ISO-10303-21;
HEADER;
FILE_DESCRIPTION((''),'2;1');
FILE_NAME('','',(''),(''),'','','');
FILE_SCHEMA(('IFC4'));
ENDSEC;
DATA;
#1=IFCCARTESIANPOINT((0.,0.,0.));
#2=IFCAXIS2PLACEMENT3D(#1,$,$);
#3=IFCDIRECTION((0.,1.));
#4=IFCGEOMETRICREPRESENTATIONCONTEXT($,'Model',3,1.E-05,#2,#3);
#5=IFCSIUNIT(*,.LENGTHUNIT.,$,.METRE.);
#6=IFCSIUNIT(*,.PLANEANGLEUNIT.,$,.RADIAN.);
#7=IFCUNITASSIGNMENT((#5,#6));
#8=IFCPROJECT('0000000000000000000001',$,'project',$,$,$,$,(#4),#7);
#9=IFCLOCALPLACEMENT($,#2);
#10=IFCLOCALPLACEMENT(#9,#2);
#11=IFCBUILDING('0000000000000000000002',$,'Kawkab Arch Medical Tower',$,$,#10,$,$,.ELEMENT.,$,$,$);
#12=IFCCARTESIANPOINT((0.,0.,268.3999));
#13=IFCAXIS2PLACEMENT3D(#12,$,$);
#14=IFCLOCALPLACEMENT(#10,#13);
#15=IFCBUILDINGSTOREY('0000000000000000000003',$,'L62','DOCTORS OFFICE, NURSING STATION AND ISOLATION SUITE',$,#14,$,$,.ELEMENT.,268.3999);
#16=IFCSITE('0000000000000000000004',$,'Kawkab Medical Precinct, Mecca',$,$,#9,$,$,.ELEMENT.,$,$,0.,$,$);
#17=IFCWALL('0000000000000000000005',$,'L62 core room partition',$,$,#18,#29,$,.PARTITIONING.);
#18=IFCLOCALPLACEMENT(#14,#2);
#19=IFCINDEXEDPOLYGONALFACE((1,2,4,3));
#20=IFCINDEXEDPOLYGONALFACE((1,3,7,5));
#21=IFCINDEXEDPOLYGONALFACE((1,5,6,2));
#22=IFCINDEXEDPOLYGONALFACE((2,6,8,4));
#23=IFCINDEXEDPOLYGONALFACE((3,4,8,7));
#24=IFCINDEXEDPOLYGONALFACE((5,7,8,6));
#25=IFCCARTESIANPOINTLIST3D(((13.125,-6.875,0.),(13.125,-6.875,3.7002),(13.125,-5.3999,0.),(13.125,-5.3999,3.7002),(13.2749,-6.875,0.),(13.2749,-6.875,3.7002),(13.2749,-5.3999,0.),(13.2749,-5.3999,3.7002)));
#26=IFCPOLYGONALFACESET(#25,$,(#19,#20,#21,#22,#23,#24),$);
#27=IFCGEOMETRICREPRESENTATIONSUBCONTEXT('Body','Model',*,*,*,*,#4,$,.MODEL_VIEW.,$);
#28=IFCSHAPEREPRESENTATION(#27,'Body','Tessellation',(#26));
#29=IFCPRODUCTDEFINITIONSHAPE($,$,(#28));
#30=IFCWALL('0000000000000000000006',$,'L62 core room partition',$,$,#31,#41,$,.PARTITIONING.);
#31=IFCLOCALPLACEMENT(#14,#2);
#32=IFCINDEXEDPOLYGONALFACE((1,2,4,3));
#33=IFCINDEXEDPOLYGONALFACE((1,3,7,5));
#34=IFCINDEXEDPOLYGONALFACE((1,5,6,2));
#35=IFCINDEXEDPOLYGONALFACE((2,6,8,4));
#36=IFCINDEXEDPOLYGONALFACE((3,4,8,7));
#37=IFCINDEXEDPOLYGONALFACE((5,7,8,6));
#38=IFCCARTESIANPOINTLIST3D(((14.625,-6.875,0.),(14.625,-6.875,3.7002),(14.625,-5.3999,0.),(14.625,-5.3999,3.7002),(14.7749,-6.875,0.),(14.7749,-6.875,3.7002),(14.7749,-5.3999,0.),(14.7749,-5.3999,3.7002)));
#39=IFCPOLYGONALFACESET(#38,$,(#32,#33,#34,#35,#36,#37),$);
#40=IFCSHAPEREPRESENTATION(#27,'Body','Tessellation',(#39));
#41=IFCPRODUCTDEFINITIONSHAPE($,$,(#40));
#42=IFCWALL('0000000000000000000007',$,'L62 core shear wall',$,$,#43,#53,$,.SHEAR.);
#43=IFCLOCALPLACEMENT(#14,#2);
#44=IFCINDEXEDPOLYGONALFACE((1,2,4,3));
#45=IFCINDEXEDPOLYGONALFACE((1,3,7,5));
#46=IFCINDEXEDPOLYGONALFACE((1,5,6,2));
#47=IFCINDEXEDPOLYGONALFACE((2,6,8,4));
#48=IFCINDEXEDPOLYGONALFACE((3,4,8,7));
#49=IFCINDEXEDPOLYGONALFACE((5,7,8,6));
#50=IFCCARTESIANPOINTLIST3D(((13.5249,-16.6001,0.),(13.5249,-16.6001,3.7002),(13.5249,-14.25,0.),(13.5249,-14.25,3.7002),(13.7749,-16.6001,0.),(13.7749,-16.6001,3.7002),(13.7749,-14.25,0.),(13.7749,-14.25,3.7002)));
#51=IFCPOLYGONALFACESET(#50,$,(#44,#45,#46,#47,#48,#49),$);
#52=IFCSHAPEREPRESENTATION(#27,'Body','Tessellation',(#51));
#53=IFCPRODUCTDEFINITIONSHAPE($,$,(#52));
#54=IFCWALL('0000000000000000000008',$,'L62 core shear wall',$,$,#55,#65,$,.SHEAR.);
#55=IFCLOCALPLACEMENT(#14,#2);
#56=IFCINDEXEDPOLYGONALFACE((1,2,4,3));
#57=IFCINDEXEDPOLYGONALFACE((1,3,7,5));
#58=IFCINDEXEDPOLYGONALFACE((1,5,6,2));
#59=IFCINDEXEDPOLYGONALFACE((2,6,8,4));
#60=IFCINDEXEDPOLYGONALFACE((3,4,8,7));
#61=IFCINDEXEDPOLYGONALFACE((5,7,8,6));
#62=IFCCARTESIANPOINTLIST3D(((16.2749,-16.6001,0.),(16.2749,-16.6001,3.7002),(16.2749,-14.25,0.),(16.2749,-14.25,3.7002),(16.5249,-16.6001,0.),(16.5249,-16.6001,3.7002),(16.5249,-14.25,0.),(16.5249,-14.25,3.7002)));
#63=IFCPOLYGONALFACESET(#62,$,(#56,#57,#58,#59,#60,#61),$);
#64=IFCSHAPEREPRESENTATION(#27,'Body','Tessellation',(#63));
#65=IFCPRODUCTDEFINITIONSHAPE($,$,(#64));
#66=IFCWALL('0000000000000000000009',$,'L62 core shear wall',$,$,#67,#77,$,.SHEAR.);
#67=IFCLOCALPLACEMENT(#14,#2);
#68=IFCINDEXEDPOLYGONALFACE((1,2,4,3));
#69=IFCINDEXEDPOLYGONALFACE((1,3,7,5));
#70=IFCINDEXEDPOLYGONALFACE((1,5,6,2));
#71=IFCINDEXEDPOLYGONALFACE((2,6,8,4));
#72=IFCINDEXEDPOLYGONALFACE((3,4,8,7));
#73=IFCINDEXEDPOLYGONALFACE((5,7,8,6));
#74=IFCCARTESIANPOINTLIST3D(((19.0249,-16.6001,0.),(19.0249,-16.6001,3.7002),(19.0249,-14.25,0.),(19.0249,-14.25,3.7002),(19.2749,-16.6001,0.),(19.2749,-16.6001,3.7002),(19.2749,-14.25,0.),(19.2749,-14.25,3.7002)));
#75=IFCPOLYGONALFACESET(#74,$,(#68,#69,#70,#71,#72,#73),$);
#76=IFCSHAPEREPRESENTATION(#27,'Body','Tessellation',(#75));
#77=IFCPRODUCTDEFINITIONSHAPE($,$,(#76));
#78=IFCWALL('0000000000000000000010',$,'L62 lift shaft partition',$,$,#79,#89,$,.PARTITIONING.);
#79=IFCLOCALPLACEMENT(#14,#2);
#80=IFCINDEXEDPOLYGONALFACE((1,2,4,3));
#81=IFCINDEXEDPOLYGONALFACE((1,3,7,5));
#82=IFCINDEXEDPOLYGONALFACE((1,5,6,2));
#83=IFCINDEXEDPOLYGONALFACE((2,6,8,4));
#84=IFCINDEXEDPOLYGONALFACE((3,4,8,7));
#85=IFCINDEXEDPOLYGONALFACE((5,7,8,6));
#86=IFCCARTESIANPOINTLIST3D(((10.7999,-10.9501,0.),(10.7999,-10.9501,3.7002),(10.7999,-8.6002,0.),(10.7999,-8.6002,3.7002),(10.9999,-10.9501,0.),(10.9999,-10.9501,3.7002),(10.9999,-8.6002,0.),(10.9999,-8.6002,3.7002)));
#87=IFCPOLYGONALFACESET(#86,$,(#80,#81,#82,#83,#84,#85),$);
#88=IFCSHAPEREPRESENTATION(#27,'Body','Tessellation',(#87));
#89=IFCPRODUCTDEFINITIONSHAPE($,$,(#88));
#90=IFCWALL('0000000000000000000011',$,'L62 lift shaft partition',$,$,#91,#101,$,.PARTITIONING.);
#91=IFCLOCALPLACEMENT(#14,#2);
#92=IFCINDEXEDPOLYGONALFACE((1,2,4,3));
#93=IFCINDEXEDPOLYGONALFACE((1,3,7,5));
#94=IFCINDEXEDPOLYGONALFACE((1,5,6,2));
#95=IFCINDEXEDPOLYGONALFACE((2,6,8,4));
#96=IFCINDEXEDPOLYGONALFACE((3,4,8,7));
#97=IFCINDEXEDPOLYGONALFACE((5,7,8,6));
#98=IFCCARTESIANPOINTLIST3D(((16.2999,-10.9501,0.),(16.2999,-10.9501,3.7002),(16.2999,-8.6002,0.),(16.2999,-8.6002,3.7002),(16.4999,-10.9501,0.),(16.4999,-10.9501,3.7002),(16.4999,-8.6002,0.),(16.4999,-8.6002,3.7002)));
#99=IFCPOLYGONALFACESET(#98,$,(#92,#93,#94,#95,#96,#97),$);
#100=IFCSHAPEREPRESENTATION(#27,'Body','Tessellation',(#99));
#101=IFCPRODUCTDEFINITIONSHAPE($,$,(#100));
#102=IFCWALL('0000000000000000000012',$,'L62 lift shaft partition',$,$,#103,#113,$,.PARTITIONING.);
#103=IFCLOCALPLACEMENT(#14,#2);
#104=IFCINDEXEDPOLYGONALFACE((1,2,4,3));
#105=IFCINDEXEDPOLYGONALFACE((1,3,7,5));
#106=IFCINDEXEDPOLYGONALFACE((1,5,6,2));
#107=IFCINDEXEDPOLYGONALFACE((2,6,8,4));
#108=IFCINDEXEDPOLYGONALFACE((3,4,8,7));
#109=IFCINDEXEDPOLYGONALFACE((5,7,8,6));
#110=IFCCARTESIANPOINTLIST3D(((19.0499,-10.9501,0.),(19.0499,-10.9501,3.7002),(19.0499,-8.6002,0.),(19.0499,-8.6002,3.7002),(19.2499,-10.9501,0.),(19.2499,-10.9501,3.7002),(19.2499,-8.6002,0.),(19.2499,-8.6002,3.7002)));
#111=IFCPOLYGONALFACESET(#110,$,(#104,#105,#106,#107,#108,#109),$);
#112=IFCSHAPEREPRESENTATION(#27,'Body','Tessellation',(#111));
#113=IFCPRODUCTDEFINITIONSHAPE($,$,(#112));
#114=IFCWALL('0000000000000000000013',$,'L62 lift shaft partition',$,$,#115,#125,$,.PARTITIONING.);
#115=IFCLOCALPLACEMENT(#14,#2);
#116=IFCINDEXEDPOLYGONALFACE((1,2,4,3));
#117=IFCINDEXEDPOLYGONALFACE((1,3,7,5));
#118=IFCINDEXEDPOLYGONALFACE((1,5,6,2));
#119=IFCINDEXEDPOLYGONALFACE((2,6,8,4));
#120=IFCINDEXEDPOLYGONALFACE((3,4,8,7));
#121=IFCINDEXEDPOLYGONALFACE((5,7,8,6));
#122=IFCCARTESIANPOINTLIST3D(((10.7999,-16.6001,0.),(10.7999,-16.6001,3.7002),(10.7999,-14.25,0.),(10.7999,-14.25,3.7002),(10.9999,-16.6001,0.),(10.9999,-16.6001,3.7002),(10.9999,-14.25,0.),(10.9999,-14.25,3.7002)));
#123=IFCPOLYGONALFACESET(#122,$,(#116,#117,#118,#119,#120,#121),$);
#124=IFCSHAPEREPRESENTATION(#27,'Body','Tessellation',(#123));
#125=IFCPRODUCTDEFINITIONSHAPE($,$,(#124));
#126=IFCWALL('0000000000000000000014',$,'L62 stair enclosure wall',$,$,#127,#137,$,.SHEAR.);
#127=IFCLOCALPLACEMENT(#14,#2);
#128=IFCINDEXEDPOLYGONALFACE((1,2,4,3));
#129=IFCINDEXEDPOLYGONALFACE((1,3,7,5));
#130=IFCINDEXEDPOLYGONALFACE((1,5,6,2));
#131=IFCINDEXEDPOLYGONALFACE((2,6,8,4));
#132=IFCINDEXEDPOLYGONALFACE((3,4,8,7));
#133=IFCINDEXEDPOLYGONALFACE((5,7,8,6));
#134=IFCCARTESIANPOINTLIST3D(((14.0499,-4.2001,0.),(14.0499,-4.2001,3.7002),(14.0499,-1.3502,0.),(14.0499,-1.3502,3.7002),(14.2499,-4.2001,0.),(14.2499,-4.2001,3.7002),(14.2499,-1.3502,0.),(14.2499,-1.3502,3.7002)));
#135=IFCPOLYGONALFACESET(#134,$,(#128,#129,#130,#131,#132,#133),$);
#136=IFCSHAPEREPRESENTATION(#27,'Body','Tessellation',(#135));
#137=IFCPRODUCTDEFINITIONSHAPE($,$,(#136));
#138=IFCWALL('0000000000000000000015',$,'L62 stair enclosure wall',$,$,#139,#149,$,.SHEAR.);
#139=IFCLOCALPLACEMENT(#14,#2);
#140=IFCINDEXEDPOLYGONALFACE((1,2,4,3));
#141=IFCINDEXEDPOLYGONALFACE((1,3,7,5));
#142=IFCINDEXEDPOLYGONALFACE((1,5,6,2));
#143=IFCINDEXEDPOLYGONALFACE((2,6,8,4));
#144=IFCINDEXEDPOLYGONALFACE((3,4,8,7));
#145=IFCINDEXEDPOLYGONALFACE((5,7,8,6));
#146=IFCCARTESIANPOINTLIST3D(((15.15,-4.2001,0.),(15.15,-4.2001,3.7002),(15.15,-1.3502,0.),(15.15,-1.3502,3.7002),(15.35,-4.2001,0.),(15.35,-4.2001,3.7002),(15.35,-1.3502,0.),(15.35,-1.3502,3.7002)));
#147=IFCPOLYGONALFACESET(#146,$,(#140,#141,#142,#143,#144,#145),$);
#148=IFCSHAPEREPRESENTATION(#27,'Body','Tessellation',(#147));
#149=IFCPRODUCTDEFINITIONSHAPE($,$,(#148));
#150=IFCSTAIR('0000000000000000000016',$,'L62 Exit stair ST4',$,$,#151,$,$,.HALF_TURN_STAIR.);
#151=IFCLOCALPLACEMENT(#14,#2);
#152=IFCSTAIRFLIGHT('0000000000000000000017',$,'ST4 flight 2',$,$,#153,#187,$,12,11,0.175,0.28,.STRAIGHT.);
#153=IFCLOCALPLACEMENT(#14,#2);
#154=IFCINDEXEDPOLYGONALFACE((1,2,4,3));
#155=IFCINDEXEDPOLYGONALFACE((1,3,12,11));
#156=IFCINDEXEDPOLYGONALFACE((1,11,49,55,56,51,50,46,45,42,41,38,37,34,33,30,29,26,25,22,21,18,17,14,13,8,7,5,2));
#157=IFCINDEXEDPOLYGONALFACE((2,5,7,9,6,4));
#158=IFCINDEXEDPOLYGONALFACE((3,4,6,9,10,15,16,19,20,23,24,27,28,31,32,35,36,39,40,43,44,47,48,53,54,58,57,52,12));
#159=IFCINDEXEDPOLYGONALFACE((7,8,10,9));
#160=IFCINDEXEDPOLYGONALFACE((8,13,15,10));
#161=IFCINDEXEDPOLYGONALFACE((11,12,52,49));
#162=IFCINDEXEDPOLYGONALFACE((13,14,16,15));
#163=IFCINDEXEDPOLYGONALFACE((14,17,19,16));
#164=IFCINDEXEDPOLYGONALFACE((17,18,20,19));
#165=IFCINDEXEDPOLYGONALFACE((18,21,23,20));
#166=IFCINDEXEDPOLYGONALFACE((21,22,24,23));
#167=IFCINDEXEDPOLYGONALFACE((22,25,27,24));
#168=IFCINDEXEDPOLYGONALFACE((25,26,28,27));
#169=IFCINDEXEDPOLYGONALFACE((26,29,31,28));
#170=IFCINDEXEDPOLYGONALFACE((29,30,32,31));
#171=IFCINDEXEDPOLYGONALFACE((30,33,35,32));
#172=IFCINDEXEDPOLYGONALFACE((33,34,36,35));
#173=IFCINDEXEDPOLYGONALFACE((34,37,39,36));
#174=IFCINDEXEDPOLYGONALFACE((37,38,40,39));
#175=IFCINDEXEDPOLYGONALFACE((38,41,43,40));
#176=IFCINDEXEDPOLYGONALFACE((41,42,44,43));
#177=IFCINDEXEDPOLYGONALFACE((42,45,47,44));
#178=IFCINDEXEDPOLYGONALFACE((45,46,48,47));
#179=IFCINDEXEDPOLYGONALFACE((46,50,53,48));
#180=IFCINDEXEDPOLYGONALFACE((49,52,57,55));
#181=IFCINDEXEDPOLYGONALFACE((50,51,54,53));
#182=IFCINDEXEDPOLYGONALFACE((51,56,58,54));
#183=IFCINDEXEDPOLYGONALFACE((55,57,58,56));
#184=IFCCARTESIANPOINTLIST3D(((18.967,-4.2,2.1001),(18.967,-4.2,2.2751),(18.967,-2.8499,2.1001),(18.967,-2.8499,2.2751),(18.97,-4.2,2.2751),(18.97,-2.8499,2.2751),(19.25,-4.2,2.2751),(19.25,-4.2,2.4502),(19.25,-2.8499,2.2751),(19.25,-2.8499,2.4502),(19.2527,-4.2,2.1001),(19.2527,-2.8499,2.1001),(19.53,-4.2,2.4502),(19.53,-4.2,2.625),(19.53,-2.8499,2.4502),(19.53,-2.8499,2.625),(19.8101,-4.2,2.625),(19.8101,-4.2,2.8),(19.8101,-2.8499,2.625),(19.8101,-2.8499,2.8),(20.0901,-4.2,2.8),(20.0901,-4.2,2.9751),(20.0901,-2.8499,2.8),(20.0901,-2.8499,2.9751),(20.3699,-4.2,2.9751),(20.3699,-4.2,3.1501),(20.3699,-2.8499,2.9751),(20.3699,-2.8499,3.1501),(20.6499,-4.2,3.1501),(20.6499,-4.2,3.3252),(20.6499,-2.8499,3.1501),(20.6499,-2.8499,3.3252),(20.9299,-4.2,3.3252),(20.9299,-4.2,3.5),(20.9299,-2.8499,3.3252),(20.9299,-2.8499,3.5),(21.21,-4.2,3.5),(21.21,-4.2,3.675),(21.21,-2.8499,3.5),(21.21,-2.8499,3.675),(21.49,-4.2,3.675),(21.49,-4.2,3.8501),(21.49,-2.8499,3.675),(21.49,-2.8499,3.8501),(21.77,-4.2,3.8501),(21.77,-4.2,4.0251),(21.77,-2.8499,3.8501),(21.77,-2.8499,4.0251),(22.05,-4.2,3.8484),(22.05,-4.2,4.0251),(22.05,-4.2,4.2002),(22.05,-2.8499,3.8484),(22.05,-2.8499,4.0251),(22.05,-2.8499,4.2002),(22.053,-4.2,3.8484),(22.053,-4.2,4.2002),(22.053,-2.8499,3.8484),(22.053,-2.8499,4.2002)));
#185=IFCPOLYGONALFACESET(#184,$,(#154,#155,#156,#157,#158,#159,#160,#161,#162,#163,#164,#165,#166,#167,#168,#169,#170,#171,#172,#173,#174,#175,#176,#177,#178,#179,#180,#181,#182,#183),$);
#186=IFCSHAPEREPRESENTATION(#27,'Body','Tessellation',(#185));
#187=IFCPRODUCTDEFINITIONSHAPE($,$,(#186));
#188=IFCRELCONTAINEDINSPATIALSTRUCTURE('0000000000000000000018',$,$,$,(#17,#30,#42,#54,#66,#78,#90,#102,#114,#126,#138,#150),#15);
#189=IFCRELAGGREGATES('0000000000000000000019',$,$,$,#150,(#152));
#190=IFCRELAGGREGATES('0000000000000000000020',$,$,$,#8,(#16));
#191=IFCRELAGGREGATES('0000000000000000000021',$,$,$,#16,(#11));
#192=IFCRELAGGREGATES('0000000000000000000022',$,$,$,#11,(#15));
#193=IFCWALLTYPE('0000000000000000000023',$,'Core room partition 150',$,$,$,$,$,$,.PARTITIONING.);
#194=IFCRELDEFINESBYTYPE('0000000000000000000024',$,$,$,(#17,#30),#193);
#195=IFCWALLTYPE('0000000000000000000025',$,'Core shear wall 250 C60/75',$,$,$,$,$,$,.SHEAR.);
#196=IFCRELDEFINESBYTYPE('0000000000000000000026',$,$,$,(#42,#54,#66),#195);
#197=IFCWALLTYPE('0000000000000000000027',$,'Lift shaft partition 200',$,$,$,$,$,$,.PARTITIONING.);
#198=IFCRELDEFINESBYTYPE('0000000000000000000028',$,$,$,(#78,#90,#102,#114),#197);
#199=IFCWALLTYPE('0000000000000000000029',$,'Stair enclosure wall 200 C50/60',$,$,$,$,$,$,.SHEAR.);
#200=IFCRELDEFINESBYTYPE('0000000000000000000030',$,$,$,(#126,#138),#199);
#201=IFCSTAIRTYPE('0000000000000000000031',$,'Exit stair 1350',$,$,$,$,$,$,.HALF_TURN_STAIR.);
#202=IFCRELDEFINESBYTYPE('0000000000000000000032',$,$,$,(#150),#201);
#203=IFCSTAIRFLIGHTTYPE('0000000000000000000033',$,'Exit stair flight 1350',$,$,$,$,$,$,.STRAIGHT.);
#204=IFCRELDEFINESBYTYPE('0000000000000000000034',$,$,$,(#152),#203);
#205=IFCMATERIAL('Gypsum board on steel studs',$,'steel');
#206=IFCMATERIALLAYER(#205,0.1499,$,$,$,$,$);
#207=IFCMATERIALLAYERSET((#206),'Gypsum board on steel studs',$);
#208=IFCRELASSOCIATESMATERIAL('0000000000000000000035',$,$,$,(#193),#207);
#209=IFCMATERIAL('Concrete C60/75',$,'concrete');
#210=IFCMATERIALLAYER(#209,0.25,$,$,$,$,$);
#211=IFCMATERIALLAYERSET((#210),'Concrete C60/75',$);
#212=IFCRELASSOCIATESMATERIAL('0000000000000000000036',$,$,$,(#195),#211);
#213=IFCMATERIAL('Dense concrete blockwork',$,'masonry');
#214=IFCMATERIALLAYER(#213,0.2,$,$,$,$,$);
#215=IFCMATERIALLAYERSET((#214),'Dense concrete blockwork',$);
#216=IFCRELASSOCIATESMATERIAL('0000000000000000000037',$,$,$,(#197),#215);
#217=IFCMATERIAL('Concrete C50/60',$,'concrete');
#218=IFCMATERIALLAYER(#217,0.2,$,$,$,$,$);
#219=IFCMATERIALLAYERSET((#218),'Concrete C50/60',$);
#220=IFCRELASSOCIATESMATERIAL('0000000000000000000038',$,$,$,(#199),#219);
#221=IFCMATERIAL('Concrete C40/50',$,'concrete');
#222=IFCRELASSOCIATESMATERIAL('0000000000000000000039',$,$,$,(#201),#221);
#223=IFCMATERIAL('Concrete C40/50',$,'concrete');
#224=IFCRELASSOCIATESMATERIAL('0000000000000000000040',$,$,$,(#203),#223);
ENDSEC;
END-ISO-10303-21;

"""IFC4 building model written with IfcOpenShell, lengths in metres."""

from ifc_helpers import new_model, si_unit, direction, frame, frame_2d, origin, place, context, subcontext, project, spatial, polyline, rectangle, outline, extrude, material, layer, layer_set, type_object, element, aggregate, save


model = new_model("IFC4")

# Units and contexts
model_context = context("Model", 3, precision=1e-05, world=origin(), true_north=direction((0.0, 1.0)))
body_context = subcontext(model_context, "Body", "Model", "MODEL_VIEW")
ifc_project = project(units=[si_unit("LENGTHUNIT", "METRE"), si_unit("PLANEANGLEUNIT", "RADIAN")], contexts=[model_context])

# Site, building, storey
site_placement = place(None, origin())
site = spatial("IfcSite", under=ifc_project, at=site_placement, Name="Kawkab Medical Precinct, Mecca", CompositionType="ELEMENT", RefElevation=0.0)
building_placement = place(site_placement, origin())
building = spatial("IfcBuilding", under=site, at=building_placement, Name="Kawkab Arch Medical Tower", CompositionType="ELEMENT")
storey_placement = place(building_placement, frame((0.0, 0.0, 268.3999)))
storey = spatial("IfcBuildingStorey", under=building, at=storey_placement, Name="L62", Description="DOCTORS OFFICE, NURSING STATION AND ISOLATION SUITE", CompositionType="ELEMENT", Elevation=268.3999)

# Walls
ifc_material_1 = material(Name="Gypsum board on steel studs", Category="steel")
ifc_layer_1 = layer(ifc_material_1, 0.1499)
ifc_layer_set_1 = layer_set([ifc_layer_1], Name="Gypsum board on steel studs")
wall_type_1 = type_object("IfcWallType", Name="Core room partition 150", PredefinedType="PARTITIONING", material=ifc_layer_set_1)
for number, where, z_axis, x_axis, name in (
    (1, (13.2, -6.875, 0.0), (0.0, 0.0, 1.0), (0.0, 1.0, 0.0), "L62 core room partition"),
    (2, (14.7, -6.875, 0.0), (0.0, 0.0, 1.0), (0.0, 1.0, 0.0), "L62 core room partition"),
):
    element("IfcWall", number, at=place(storey_placement, frame(where, z_axis=z_axis, x_axis=x_axis)), inside=storey, type_object=wall_type_1, Name=name, PredefinedType="PARTITIONING", context=body_context, shape_type="SweptSolid", body=[
        extrude(rectangle(XDim=1.4751, YDim=0.1499, at=frame_2d((0.7375, 0.0))), origin(), (0.0, 0.0, 1.0), 3.7002),
    ])
ifc_material_2 = material(Name="Concrete C60/75", Category="concrete")
ifc_layer_2 = layer(ifc_material_2, 0.25)
ifc_layer_set_2 = layer_set([ifc_layer_2], Name="Concrete C60/75")
wall_type_2 = type_object("IfcWallType", Name="Core shear wall 250 C60/75", PredefinedType="SHEAR", material=ifc_layer_set_2)
for number, where, z_axis, x_axis, name in (
    (3, (13.6499, -16.6001, 0.0), (0.0, 0.0, 1.0), (0.0, 1.0, 0.0), "L62 core shear wall"),
    (4, (16.3999, -16.6001, 0.0), (0.0, 0.0, 1.0), (0.0, 1.0, 0.0), "L62 core shear wall"),
    (5, (19.1499, -16.6001, 0.0), (0.0, 0.0, 1.0), (0.0, 1.0, 0.0), "L62 core shear wall"),
):
    element("IfcWall", number, at=place(storey_placement, frame(where, z_axis=z_axis, x_axis=x_axis)), inside=storey, type_object=wall_type_2, Name=name, PredefinedType="SHEAR", context=body_context, shape_type="SweptSolid", body=[
        extrude(rectangle(XDim=2.3501, YDim=0.25, at=frame_2d((1.175, 0.0))), origin(), (0.0, 0.0, 1.0), 3.7002),
    ])
ifc_material_3 = material(Name="Dense concrete blockwork", Category="masonry")
ifc_layer_3 = layer(ifc_material_3, 0.2)
ifc_layer_set_3 = layer_set([ifc_layer_3], Name="Dense concrete blockwork")
wall_type_3 = type_object("IfcWallType", Name="Lift shaft partition 200", PredefinedType="PARTITIONING", material=ifc_layer_set_3)
for number, where, z_axis, x_axis, name in (
    (6, (10.8999, -10.95, 0.0), (0.0, 0.0, 1.0), (0.0, 1.0, 0.0), "L62 lift shaft partition"),
    (7, (16.3999, -10.95, 0.0), (0.0, 0.0, 1.0), (0.0, 1.0, 0.0), "L62 lift shaft partition"),
    (8, (19.1499, -10.95, 0.0), (0.0, 0.0, 1.0), (0.0, 1.0, 0.0), "L62 lift shaft partition"),
):
    element("IfcWall", number, at=place(storey_placement, frame(where, z_axis=z_axis, x_axis=x_axis)), inside=storey, type_object=wall_type_3, Name=name, PredefinedType="PARTITIONING", context=body_context, shape_type="SweptSolid", body=[
        extrude(rectangle(XDim=2.3499, YDim=0.2, at=frame_2d((1.1748, 0.0))), origin(), (0.0, 0.0, 1.0), 3.7002),
    ])
wall_placement = place(storey_placement, frame((10.8999, -16.6001, 0.0), z_axis=(0.0, 0.0, 1.0), x_axis=(0.0, 1.0, 0.0)))
element("IfcWall", 9, at=wall_placement, inside=storey, type_object=wall_type_3, Name="L62 lift shaft partition", PredefinedType="PARTITIONING", context=body_context, shape_type="SweptSolid", body=[
    extrude(rectangle(XDim=2.3501, YDim=0.2, at=frame_2d((1.175, 0.0))), origin(), (0.0, 0.0, 1.0), 3.7002),
])
ifc_material_4 = material(Name="Concrete C50/60", Category="concrete")
ifc_layer_4 = layer(ifc_material_4, 0.2)
ifc_layer_set_4 = layer_set([ifc_layer_4], Name="Concrete C50/60")
wall_type_4 = type_object("IfcWallType", Name="Stair enclosure wall 200 C50/60", PredefinedType="SHEAR", material=ifc_layer_set_4)
for number, where, z_axis, x_axis, name in (
    (10, (14.1499, -4.2, 0.0), (0.0, 0.0, 1.0), (0.0, 1.0, 0.0), "L62 stair enclosure wall"),
    (11, (15.25, -4.2, 0.0), (0.0, 0.0, 1.0), (0.0, 1.0, 0.0), "L62 stair enclosure wall"),
):
    element("IfcWall", number, at=place(storey_placement, frame(where, z_axis=z_axis, x_axis=x_axis)), inside=storey, type_object=wall_type_4, Name=name, PredefinedType="SHEAR", context=body_context, shape_type="SweptSolid", body=[
        extrude(rectangle(XDim=2.8499, YDim=0.2, at=frame_2d((1.4248, 0.0))), origin(), (0.0, 0.0, 1.0), 3.7002),
    ])

# Stair, stair flight
ifc_material_5 = material(Name="Concrete C40/50", Category="concrete")
stair_type = type_object("IfcStairType", Name="Exit stair 1350", PredefinedType="HALF_TURN_STAIR", material=ifc_material_5)
stair_placement = place(storey_placement, origin())
stair = element("IfcStair", 12, at=stair_placement, inside=storey, type_object=stair_type, Name="L62 Exit stair ST4", PredefinedType="HALF_TURN_STAIR")
ifc_material_6 = material(Name="Concrete C40/50", Category="concrete")
stair_flight_type = type_object("IfcStairFlightType", Name="Exit stair flight 1350", PredefinedType="STRAIGHT", material=ifc_material_6)
stair_flight_placement = place(storey_placement, frame((18.97, -3.5249, 2.1001), z_axis=(0.0, 0.0, 1.0), x_axis=(1.0, 0.0, 0.0)))
stair_flight = element("IfcStairFlight", 13, at=stair_flight_placement, type_object=stair_flight_type, Name="ST4 flight 2", NumberOfRisers=12, NumberOfTreads=11, PredefinedType="STRAIGHT", RiserHeight=0.175, TreadLength=0.28, context=body_context, shape_type="SweptSolid", body=[
    extrude(outline(polyline([(-0.0029, 0.0), (-0.0029, 0.175), (0.0, 0.175), (0.28, 0.175), (0.28, 0.3501), (0.5601, 0.3501), (0.5601, 0.5249), (0.8401, 0.5249), (0.8401, 0.7), (1.1201, 0.7), (1.1201, 0.875), (1.3999, 0.875), (1.3999, 1.05), (1.6799, 1.05), (1.6799, 1.2251), (1.96, 1.2251), (1.96, 1.3999), (2.24, 1.3999), (2.24, 1.575), (2.52, 1.575), (2.52, 1.75), (2.8, 1.75), (2.8, 1.925), (3.0801, 1.925), (3.0801, 2.1001), (3.083, 2.1001), (3.083, 1.7483), (3.0801, 1.7483), (0.2827, 0.0), (-0.0029, 0.0)])), frame((0.0, 0.675, 0.0), z_axis=(0.0, -1.0, 0.0), x_axis=(1.0, 0.0, 0.0)), (0.0, 0.0, 1.0), 1.3501),
])
aggregate(stair, [stair_flight])

save(model, "model.ifc")
